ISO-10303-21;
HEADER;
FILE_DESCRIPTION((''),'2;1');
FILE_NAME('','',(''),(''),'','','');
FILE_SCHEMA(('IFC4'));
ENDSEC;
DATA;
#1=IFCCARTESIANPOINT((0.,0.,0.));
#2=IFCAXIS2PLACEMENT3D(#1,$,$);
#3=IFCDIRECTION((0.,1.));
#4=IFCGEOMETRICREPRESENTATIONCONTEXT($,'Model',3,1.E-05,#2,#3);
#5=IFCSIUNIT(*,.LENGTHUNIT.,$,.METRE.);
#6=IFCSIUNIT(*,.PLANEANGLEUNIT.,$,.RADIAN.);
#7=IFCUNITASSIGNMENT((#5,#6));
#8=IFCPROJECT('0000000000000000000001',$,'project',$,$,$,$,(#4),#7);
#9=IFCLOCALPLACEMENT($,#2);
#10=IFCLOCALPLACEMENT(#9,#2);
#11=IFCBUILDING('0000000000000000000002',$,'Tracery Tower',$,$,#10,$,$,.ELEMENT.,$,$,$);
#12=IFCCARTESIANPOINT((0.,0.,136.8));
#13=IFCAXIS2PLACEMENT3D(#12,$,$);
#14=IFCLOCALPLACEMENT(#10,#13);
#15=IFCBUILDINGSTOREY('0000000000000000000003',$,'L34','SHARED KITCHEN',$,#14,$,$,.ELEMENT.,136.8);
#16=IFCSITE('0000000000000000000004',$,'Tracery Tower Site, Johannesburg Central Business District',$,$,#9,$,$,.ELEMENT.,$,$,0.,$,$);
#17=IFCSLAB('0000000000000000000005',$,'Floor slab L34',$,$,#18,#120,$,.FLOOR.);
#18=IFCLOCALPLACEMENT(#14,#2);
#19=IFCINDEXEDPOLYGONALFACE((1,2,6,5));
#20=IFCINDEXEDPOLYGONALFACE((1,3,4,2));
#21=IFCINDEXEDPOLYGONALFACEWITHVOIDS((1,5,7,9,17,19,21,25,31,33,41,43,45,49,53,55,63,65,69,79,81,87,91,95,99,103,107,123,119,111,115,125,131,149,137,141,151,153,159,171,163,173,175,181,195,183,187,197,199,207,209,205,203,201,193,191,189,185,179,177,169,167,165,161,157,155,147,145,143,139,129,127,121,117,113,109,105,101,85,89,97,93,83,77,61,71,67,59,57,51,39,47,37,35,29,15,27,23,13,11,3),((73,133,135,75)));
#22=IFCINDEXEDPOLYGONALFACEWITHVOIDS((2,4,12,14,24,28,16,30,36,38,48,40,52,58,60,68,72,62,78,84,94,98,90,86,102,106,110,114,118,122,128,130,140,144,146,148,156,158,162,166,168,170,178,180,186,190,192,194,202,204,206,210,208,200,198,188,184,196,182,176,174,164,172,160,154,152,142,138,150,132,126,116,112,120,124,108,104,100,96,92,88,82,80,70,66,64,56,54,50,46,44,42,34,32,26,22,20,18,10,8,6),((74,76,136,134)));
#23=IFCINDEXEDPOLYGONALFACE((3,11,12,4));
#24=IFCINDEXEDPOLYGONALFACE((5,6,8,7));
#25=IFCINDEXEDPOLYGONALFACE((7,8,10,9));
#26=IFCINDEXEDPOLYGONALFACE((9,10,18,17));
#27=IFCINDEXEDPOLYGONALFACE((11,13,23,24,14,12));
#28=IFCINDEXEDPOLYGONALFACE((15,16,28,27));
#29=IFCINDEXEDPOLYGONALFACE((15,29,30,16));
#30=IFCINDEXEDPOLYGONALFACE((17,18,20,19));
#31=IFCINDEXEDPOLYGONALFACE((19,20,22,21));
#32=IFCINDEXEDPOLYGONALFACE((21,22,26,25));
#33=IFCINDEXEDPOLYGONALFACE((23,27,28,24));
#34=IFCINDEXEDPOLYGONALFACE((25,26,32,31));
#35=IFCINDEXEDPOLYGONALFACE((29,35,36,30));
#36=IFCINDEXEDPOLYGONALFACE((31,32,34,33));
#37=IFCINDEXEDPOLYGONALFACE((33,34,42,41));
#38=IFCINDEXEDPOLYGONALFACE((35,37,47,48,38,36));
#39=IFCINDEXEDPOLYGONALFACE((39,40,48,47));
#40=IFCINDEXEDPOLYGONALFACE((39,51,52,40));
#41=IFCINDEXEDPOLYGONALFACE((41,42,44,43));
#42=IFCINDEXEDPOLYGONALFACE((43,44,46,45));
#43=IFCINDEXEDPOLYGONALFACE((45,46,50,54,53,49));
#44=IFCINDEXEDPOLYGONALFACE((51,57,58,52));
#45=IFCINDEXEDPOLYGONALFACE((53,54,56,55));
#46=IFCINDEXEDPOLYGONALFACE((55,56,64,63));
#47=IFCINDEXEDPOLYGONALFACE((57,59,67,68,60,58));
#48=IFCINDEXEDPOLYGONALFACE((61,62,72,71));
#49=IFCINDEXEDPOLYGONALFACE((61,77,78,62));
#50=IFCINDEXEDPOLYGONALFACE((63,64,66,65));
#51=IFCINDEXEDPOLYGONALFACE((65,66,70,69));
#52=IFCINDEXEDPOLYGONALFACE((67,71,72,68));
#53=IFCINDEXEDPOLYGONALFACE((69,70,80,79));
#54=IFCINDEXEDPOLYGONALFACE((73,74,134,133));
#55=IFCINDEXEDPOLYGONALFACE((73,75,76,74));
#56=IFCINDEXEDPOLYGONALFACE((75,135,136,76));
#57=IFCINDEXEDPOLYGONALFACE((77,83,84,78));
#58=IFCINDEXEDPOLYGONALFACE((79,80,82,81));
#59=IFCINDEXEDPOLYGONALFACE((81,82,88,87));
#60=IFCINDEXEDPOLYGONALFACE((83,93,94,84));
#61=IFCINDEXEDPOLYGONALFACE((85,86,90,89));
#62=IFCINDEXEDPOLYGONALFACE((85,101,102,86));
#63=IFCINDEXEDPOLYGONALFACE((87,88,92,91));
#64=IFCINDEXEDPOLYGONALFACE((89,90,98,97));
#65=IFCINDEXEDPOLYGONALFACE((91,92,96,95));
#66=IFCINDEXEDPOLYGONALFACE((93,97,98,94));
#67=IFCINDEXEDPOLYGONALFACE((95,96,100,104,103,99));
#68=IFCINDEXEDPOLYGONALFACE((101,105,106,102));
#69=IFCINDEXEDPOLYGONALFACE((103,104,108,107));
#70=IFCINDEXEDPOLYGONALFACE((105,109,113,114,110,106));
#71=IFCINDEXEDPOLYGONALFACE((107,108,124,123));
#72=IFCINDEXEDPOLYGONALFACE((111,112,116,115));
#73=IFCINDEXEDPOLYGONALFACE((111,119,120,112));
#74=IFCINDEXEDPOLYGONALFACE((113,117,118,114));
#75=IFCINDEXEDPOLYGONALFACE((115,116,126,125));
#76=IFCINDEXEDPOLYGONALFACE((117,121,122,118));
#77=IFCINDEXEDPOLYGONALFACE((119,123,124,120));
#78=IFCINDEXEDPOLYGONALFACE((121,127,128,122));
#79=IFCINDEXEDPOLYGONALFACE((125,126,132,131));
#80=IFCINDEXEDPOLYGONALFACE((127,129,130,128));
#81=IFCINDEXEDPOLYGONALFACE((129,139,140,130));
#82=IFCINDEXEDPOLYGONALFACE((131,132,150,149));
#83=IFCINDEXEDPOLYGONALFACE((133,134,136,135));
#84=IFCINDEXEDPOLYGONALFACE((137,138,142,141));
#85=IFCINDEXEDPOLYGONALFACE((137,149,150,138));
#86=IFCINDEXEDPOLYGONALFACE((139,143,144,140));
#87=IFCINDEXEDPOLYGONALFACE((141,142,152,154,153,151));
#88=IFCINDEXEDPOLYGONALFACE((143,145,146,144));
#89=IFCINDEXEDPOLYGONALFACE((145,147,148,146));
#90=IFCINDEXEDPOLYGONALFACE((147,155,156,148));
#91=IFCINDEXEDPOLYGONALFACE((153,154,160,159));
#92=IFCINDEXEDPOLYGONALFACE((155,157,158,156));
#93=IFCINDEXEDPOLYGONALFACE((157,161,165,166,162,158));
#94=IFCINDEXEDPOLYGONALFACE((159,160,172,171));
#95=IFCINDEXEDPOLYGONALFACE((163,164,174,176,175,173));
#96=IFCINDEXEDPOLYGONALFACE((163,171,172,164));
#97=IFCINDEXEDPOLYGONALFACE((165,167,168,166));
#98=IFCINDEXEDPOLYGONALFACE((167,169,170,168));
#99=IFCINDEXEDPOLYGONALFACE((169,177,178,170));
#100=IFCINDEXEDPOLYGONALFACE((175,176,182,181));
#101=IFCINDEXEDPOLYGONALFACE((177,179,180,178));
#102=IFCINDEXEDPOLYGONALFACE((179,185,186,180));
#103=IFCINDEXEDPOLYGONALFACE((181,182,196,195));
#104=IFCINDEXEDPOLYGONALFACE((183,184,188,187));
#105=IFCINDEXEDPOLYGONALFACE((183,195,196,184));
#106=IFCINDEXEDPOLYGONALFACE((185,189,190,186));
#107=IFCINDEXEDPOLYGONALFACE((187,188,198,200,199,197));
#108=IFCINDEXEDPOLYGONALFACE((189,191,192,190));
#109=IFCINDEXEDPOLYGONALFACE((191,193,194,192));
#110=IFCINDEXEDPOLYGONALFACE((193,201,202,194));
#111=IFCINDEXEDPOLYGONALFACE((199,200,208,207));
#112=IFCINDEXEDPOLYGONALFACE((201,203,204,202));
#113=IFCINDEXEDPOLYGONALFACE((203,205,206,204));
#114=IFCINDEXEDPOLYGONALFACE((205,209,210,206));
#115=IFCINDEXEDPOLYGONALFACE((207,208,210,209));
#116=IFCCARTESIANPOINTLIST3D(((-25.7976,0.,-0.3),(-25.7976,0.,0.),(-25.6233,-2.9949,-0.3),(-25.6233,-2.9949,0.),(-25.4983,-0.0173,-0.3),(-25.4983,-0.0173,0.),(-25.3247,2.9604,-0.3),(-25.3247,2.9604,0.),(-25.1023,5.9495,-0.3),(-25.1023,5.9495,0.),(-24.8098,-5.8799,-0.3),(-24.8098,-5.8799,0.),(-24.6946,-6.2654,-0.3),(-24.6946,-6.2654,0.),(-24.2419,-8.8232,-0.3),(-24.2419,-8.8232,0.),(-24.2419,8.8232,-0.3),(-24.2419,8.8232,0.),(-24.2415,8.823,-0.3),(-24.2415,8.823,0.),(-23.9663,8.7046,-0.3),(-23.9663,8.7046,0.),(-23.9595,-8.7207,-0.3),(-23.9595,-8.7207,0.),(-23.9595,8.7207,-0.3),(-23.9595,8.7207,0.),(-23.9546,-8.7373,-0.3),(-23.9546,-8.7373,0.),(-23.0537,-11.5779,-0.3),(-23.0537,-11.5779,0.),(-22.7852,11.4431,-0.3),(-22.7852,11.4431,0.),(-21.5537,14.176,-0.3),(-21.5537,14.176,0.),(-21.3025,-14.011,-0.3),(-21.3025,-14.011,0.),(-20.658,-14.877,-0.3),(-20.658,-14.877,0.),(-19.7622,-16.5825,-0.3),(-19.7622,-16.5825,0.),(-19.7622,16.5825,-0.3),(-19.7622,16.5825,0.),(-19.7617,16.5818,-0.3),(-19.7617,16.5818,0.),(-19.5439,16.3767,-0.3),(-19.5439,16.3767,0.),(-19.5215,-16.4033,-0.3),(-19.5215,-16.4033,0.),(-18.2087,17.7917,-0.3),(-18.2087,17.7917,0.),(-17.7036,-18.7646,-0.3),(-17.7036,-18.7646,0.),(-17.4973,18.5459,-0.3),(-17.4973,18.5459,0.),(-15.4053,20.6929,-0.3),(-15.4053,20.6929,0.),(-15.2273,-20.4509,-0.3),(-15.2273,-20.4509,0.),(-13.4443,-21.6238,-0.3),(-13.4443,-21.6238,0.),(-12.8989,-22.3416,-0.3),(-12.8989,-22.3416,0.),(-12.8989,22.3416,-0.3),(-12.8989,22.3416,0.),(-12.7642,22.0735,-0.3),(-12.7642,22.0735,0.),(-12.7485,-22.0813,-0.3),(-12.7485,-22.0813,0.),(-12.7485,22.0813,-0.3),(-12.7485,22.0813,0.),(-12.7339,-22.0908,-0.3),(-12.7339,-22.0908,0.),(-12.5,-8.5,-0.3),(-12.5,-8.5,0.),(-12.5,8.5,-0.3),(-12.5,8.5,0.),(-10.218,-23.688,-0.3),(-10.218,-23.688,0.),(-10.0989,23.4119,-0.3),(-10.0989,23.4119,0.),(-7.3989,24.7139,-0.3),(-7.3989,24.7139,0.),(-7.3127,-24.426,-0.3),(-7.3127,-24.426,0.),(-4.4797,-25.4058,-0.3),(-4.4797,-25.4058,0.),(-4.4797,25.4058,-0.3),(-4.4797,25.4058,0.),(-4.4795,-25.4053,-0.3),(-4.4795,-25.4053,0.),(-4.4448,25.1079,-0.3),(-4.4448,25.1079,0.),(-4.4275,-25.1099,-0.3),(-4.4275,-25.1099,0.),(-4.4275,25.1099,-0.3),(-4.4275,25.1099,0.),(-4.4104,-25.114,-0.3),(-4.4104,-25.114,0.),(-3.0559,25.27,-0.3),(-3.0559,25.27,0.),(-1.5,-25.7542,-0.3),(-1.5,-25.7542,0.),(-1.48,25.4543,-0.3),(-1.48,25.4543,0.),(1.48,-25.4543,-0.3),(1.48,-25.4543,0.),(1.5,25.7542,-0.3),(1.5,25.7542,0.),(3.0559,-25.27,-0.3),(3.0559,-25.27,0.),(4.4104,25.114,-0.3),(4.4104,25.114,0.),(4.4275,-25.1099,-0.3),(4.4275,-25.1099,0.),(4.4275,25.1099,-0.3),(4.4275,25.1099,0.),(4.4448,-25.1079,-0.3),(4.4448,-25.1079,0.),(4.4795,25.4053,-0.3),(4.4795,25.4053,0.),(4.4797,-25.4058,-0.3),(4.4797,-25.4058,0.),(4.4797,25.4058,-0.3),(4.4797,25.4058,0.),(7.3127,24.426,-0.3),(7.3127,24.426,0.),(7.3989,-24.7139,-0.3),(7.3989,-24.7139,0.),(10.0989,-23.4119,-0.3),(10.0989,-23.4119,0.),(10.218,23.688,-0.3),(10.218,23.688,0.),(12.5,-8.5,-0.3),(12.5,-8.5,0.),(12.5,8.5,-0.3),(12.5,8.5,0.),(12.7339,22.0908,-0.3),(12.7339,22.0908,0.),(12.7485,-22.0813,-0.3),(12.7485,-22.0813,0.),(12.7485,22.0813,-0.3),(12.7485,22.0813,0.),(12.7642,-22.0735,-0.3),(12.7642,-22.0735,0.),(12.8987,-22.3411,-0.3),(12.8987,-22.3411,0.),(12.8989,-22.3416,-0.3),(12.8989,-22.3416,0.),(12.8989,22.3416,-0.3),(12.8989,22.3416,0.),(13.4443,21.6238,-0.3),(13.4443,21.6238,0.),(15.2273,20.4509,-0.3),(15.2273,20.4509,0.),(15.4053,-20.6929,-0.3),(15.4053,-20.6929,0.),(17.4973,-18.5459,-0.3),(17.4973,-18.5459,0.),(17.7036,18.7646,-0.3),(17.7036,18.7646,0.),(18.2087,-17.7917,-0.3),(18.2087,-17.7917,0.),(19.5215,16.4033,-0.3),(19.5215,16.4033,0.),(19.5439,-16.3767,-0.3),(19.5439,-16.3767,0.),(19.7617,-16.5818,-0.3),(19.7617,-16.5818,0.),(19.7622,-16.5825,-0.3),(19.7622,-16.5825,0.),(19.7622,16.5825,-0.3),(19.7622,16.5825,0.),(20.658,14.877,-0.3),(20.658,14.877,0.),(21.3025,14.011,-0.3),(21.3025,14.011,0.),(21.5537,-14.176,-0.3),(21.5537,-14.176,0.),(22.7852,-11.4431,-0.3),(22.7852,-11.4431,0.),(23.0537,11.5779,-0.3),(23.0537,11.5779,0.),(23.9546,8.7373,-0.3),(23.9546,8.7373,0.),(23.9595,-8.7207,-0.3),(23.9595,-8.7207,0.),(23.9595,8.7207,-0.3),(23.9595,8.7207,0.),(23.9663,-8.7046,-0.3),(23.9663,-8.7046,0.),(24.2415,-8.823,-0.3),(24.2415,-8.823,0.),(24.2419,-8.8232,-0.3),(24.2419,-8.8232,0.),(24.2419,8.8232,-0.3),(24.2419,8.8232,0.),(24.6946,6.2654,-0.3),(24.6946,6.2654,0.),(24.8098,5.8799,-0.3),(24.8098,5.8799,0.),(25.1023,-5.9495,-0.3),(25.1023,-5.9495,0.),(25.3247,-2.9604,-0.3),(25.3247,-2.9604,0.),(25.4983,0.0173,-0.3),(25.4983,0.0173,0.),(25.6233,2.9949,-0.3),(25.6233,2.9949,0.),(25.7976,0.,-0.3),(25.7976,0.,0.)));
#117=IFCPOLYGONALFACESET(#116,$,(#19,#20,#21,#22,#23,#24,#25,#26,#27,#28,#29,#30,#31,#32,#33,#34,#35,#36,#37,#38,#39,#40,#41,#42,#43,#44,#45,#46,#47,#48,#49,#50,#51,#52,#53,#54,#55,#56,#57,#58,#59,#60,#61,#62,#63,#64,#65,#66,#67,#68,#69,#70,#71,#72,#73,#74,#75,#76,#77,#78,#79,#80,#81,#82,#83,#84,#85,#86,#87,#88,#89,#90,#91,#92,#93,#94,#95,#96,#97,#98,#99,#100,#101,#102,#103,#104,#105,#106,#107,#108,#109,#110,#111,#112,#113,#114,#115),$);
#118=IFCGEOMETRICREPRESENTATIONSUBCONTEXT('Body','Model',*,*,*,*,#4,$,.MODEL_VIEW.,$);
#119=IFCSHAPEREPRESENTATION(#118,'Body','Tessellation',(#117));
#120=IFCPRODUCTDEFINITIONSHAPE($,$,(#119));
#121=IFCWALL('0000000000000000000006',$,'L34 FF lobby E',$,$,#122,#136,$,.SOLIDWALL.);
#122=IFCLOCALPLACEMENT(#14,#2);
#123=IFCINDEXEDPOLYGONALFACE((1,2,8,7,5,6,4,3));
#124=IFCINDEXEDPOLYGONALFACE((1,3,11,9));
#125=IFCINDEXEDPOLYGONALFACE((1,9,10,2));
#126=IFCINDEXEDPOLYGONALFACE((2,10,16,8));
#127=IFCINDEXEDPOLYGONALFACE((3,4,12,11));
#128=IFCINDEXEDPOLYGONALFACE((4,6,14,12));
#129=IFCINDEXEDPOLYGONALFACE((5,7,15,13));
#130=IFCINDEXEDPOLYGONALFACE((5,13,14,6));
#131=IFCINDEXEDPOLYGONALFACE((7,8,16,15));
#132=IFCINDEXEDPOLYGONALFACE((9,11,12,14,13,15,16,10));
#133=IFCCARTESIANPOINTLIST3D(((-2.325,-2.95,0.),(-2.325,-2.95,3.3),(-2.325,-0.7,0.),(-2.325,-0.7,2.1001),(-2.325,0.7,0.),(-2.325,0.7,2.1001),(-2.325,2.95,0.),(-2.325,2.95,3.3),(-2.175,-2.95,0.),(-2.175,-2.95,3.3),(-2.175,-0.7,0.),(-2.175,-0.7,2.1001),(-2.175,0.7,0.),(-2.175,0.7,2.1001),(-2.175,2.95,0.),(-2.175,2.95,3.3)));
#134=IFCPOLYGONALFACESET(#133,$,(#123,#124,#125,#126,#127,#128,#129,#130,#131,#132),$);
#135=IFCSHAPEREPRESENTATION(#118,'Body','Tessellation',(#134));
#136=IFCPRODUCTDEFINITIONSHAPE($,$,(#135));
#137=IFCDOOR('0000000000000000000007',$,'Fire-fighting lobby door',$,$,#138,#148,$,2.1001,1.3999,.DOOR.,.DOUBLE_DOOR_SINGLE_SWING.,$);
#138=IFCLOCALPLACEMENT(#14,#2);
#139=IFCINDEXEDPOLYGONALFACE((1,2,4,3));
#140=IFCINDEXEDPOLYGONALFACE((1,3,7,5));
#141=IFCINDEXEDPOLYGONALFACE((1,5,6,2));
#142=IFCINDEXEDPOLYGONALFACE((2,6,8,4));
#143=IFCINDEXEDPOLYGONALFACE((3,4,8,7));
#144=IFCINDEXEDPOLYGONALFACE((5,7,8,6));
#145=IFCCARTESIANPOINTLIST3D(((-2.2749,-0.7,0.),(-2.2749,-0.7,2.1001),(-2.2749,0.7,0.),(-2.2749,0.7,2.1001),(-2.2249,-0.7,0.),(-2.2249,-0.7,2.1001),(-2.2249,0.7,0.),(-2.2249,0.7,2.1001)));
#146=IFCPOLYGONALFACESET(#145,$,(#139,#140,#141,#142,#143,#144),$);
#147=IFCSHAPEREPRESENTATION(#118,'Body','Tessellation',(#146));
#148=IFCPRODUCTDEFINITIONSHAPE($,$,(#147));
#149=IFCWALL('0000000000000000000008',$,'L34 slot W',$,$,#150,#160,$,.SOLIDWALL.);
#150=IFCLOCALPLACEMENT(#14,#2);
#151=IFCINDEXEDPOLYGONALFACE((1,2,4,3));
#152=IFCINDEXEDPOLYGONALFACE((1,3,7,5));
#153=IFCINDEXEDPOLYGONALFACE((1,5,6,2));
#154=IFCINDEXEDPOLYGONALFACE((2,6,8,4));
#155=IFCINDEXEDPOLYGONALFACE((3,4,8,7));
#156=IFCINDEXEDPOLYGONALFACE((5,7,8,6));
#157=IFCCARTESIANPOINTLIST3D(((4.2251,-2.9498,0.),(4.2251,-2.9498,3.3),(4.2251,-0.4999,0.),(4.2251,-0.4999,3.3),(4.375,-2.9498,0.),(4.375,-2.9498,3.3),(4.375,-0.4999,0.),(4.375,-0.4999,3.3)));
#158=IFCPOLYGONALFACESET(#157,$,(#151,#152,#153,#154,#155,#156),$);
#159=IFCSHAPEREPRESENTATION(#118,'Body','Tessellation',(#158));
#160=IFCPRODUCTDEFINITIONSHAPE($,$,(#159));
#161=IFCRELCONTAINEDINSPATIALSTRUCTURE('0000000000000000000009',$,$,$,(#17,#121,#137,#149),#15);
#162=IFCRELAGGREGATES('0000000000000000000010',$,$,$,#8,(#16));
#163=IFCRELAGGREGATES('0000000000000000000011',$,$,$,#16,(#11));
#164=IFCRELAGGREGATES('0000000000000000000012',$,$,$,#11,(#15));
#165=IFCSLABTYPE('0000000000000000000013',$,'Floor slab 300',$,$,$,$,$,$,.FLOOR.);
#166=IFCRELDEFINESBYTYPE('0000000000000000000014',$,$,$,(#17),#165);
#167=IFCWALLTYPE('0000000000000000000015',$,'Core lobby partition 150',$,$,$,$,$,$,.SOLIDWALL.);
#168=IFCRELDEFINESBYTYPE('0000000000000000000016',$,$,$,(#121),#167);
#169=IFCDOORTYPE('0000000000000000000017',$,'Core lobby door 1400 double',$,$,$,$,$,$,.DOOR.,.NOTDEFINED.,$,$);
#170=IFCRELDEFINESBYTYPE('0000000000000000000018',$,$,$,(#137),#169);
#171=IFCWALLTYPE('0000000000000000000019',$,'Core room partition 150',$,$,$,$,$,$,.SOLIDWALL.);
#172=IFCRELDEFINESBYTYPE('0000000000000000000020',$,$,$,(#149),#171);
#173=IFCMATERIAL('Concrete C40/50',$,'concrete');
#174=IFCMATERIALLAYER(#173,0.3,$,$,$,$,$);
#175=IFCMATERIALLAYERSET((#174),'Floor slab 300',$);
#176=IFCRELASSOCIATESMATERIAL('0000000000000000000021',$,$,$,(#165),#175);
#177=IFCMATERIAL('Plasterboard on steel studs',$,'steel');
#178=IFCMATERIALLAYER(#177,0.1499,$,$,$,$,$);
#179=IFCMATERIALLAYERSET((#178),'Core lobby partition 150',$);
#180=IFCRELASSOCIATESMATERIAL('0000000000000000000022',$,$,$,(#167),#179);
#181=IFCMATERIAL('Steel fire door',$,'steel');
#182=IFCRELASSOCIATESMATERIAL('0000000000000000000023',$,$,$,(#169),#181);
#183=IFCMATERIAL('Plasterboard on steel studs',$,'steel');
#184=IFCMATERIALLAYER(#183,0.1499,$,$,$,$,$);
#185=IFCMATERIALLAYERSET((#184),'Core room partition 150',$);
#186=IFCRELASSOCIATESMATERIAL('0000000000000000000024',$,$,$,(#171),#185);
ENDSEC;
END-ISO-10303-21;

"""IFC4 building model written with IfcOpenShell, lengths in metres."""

from ifc_helpers import new_model, si_unit, direction, frame, frame_2d, origin, place, context, subcontext, project, spatial, polyline, rectangle, outline, extrude, material, layer, layer_set, type_object, element, fill, save


model = new_model("IFC4")

# Units and contexts
model_context = context("Model", 3, precision=1e-05, world=origin(), true_north=direction((0.0, 1.0)))
body_context = subcontext(model_context, "Body", "Model", "MODEL_VIEW")
ifc_project = project(units=[si_unit("LENGTHUNIT", "METRE"), si_unit("PLANEANGLEUNIT", "RADIAN")], contexts=[model_context])

# Site, building, storey
site_placement = place(None, origin())
site = spatial("IfcSite", under=ifc_project, at=site_placement, Name="Tracery Tower Site, Johannesburg Central Business District", CompositionType="ELEMENT", RefElevation=0.0)
building_placement = place(site_placement, origin())
building = spatial("IfcBuilding", under=site, at=building_placement, Name="Tracery Tower", CompositionType="ELEMENT")
storey_placement = place(building_placement, frame((0.0, 0.0, 136.8)))
storey = spatial("IfcBuildingStorey", under=building, at=storey_placement, Name="L34", Description="SHARED KITCHEN", CompositionType="ELEMENT", Elevation=136.8)

# Slab
ifc_material_1 = material(Name="Concrete C40/50", Category="concrete")
ifc_layer_1 = layer(ifc_material_1, 0.3)
ifc_layer_set_1 = layer_set([ifc_layer_1], Name="Floor slab 300")
slab_type_1 = type_object("IfcSlabType", Name="Floor slab 300", PredefinedType="FLOOR", material=ifc_layer_set_1)
slab_1_placement = place(storey_placement, frame((0.0, 0.0, -0.3)))
element("IfcSlab", 1, at=slab_1_placement, inside=storey, type_object=slab_type_1, Name="Floor slab L34", PredefinedType="FLOOR", context=body_context, shape_type="SweptSolid", body=[
    extrude(outline(polyline([(24.8098, 5.8799), (24.6946, 6.2654), (23.9595, 8.7207), (23.9595, 8.7207), (23.9546, 8.7373), (24.2419, 8.8232), (23.0537, 11.5779), (21.3025, 14.011), (20.658, 14.877), (19.5215, 16.4033), (19.7622, 16.5825), (17.7036, 18.7646), (15.2273, 20.4509), (13.4443, 21.6238), (12.7485, 22.0813), (12.7485, 22.0813), (12.7339, 22.0908), (12.8989, 22.3416), (10.218, 23.688), (7.3127, 24.426), (4.4275, 25.1099), (4.4275, 25.1099), (4.4104, 25.114), (4.4795, 25.4053), (4.4797, 25.4058), (1.5, 25.7542), (-1.48, 25.4543), (-3.0559, 25.27), (-4.4275, 25.1099), (-4.4275, 25.1099), (-4.4448, 25.1079), (-4.4797, 25.4058), (-7.3989, 24.7139), (-10.0989, 23.4119), (-12.7485, 22.0813), (-12.7485, 22.0813), (-12.7642, 22.0735), (-12.8989, 22.3416), (-15.4053, 20.6929), (-17.4973, 18.5459), (-18.2087, 17.7917), (-19.5439, 16.3767), (-19.7617, 16.5818), (-19.7622, 16.5825), (-21.5537, 14.176), (-22.7852, 11.4431), (-23.9595, 8.7207), (-23.9595, 8.7207), (-23.9663, 8.7046), (-24.2415, 8.823), (-24.2419, 8.8232), (-25.1023, 5.9495), (-25.3247, 2.9604), (-25.4983, -0.0173), (-25.7976, 0.0), (-25.7976, 0.0), (-25.6233, -2.9949), (-24.8098, -5.8799), (-24.6946, -6.2654), (-23.9595, -8.7207), (-23.9595, -8.7207), (-23.9546, -8.7373), (-24.2419, -8.8232), (-23.0537, -11.5779), (-21.3025, -14.011), (-20.658, -14.877), (-19.5215, -16.4033), (-19.7622, -16.5825), (-17.7036, -18.7646), (-15.2273, -20.4509), (-13.4443, -21.6238), (-12.7485, -22.0813), (-12.7485, -22.0813), (-12.7339, -22.0908), (-12.8989, -22.3416), (-10.218, -23.688), (-7.3127, -24.426), (-4.4275, -25.1099), (-4.4275, -25.1099), (-4.4104, -25.114), (-4.4795, -25.4053), (-4.4797, -25.4058), (-1.5, -25.7542), (1.48, -25.4543), (3.0559, -25.27), (4.4275, -25.1099), (4.4275, -25.1099), (4.4448, -25.1079), (4.4797, -25.4058), (7.3989, -24.7139), (10.0989, -23.4119), (12.7485, -22.0813), (12.7485, -22.0813), (12.7642, -22.0735), (12.8987, -22.3411), (12.8989, -22.3416), (15.4053, -20.6929), (17.4973, -18.5459), (18.2087, -17.7917), (19.5439, -16.3767), (19.7617, -16.5818), (19.7622, -16.5825), (21.5537, -14.176), (22.7852, -11.4431), (23.9595, -8.7207), (23.9595, -8.7207), (23.9663, -8.7046), (24.2415, -8.823), (24.2419, -8.8232), (25.1023, -5.9495), (25.3247, -2.9604), (25.4983, 0.0173), (25.7976, 0.0), (25.6233, 2.9949), (24.8098, 5.8799)]), holes=[polyline([(-12.5, -8.5), (12.5, -8.5), (12.5, 8.5), (-12.5, 8.5), (-12.5, -8.5)])]), origin(), (0.0, 0.0, 1.0), 0.3),
])

# Wall, opening, door
ifc_material_2 = material(Name="Plasterboard on steel studs", Category="steel")
ifc_layer_2 = layer(ifc_material_2, 0.1499)
ifc_layer_set_2 = layer_set([ifc_layer_2], Name="Core lobby partition 150")
wall_type_1 = type_object("IfcWallType", Name="Core lobby partition 150", PredefinedType="SOLIDWALL", material=ifc_layer_set_2)
wall_1_placement = place(storey_placement, frame((-2.25, -2.95, 0.0), z_axis=(0.0, 0.0, 1.0), x_axis=(0.0, 1.0, 0.0)))
wall_1 = element("IfcWall", 2, at=wall_1_placement, inside=storey, type_object=wall_type_1, Name="L34 FF lobby E", PredefinedType="SOLIDWALL", context=body_context, shape_type="SweptSolid", body=[
    extrude(rectangle(XDim=5.8999, YDim=0.1499, at=frame_2d((2.95, 0.0))), origin(), (0.0, 0.0, 1.0), 3.3),
])
opening_1_placement = place(wall_1_placement, frame((2.25, 0.0, 0.0)))
opening_1 = element("IfcOpeningElement", 3, at=opening_1_placement, cuts=wall_1, PredefinedType="OPENING", context=body_context, shape_type="SweptSolid", body=[
    extrude(rectangle(XDim=1.3999, YDim=2.1001, at=frame_2d((0.7, 1.05))), frame((0.0, 0.075, 0.0), z_axis=(0.0, -1.0, 0.0), x_axis=(1.0, 0.0, 0.0)), (0.0, 0.0, 1.0), 0.1499),
])
ifc_material_3 = material(Name="Steel fire door", Category="steel")
door_type_1 = type_object("IfcDoorType", Name="Core lobby door 1400 double", OperationType="NOTDEFINED", PredefinedType="DOOR", material=ifc_material_3)
door_1_placement = place(opening_1_placement, origin())
door_1 = element("IfcDoor", 4, at=door_1_placement, inside=storey, type_object=door_type_1, Name="Fire-fighting lobby door", OperationType="DOUBLE_DOOR_SINGLE_SWING", OverallHeight=2.1001, OverallWidth=1.3999, PredefinedType="DOOR", context=body_context, shape_type="SweptSolid", body=[
    extrude(rectangle(XDim=1.3999, YDim=2.1001, at=frame_2d((0.7, 1.05))), frame((0.0, 0.0249, 0.0), z_axis=(0.0, -1.0, 0.0), x_axis=(1.0, 0.0, 0.0)), (0.0, 0.0, 1.0), 0.05),
])
fill(opening_1, door_1)

# Wall
ifc_material_4 = material(Name="Plasterboard on steel studs", Category="steel")
ifc_layer_3 = layer(ifc_material_4, 0.1499)
ifc_layer_set_3 = layer_set([ifc_layer_3], Name="Core room partition 150")
wall_type_2 = type_object("IfcWallType", Name="Core room partition 150", PredefinedType="SOLIDWALL", material=ifc_layer_set_3)
wall_2_placement = place(storey_placement, frame((4.3, -2.95, 0.0), z_axis=(0.0, 0.0, 1.0), x_axis=(0.0, 1.0, 0.0)))
element("IfcWall", 5, at=wall_2_placement, inside=storey, type_object=wall_type_2, Name="L34 slot W", PredefinedType="SOLIDWALL", context=body_context, shape_type="SweptSolid", body=[
    extrude(rectangle(XDim=2.45, YDim=0.1499, at=frame_2d((1.2251, 0.0))), origin(), (0.0, 0.0, 1.0), 3.3),
])

save(model, "model.ifc")
